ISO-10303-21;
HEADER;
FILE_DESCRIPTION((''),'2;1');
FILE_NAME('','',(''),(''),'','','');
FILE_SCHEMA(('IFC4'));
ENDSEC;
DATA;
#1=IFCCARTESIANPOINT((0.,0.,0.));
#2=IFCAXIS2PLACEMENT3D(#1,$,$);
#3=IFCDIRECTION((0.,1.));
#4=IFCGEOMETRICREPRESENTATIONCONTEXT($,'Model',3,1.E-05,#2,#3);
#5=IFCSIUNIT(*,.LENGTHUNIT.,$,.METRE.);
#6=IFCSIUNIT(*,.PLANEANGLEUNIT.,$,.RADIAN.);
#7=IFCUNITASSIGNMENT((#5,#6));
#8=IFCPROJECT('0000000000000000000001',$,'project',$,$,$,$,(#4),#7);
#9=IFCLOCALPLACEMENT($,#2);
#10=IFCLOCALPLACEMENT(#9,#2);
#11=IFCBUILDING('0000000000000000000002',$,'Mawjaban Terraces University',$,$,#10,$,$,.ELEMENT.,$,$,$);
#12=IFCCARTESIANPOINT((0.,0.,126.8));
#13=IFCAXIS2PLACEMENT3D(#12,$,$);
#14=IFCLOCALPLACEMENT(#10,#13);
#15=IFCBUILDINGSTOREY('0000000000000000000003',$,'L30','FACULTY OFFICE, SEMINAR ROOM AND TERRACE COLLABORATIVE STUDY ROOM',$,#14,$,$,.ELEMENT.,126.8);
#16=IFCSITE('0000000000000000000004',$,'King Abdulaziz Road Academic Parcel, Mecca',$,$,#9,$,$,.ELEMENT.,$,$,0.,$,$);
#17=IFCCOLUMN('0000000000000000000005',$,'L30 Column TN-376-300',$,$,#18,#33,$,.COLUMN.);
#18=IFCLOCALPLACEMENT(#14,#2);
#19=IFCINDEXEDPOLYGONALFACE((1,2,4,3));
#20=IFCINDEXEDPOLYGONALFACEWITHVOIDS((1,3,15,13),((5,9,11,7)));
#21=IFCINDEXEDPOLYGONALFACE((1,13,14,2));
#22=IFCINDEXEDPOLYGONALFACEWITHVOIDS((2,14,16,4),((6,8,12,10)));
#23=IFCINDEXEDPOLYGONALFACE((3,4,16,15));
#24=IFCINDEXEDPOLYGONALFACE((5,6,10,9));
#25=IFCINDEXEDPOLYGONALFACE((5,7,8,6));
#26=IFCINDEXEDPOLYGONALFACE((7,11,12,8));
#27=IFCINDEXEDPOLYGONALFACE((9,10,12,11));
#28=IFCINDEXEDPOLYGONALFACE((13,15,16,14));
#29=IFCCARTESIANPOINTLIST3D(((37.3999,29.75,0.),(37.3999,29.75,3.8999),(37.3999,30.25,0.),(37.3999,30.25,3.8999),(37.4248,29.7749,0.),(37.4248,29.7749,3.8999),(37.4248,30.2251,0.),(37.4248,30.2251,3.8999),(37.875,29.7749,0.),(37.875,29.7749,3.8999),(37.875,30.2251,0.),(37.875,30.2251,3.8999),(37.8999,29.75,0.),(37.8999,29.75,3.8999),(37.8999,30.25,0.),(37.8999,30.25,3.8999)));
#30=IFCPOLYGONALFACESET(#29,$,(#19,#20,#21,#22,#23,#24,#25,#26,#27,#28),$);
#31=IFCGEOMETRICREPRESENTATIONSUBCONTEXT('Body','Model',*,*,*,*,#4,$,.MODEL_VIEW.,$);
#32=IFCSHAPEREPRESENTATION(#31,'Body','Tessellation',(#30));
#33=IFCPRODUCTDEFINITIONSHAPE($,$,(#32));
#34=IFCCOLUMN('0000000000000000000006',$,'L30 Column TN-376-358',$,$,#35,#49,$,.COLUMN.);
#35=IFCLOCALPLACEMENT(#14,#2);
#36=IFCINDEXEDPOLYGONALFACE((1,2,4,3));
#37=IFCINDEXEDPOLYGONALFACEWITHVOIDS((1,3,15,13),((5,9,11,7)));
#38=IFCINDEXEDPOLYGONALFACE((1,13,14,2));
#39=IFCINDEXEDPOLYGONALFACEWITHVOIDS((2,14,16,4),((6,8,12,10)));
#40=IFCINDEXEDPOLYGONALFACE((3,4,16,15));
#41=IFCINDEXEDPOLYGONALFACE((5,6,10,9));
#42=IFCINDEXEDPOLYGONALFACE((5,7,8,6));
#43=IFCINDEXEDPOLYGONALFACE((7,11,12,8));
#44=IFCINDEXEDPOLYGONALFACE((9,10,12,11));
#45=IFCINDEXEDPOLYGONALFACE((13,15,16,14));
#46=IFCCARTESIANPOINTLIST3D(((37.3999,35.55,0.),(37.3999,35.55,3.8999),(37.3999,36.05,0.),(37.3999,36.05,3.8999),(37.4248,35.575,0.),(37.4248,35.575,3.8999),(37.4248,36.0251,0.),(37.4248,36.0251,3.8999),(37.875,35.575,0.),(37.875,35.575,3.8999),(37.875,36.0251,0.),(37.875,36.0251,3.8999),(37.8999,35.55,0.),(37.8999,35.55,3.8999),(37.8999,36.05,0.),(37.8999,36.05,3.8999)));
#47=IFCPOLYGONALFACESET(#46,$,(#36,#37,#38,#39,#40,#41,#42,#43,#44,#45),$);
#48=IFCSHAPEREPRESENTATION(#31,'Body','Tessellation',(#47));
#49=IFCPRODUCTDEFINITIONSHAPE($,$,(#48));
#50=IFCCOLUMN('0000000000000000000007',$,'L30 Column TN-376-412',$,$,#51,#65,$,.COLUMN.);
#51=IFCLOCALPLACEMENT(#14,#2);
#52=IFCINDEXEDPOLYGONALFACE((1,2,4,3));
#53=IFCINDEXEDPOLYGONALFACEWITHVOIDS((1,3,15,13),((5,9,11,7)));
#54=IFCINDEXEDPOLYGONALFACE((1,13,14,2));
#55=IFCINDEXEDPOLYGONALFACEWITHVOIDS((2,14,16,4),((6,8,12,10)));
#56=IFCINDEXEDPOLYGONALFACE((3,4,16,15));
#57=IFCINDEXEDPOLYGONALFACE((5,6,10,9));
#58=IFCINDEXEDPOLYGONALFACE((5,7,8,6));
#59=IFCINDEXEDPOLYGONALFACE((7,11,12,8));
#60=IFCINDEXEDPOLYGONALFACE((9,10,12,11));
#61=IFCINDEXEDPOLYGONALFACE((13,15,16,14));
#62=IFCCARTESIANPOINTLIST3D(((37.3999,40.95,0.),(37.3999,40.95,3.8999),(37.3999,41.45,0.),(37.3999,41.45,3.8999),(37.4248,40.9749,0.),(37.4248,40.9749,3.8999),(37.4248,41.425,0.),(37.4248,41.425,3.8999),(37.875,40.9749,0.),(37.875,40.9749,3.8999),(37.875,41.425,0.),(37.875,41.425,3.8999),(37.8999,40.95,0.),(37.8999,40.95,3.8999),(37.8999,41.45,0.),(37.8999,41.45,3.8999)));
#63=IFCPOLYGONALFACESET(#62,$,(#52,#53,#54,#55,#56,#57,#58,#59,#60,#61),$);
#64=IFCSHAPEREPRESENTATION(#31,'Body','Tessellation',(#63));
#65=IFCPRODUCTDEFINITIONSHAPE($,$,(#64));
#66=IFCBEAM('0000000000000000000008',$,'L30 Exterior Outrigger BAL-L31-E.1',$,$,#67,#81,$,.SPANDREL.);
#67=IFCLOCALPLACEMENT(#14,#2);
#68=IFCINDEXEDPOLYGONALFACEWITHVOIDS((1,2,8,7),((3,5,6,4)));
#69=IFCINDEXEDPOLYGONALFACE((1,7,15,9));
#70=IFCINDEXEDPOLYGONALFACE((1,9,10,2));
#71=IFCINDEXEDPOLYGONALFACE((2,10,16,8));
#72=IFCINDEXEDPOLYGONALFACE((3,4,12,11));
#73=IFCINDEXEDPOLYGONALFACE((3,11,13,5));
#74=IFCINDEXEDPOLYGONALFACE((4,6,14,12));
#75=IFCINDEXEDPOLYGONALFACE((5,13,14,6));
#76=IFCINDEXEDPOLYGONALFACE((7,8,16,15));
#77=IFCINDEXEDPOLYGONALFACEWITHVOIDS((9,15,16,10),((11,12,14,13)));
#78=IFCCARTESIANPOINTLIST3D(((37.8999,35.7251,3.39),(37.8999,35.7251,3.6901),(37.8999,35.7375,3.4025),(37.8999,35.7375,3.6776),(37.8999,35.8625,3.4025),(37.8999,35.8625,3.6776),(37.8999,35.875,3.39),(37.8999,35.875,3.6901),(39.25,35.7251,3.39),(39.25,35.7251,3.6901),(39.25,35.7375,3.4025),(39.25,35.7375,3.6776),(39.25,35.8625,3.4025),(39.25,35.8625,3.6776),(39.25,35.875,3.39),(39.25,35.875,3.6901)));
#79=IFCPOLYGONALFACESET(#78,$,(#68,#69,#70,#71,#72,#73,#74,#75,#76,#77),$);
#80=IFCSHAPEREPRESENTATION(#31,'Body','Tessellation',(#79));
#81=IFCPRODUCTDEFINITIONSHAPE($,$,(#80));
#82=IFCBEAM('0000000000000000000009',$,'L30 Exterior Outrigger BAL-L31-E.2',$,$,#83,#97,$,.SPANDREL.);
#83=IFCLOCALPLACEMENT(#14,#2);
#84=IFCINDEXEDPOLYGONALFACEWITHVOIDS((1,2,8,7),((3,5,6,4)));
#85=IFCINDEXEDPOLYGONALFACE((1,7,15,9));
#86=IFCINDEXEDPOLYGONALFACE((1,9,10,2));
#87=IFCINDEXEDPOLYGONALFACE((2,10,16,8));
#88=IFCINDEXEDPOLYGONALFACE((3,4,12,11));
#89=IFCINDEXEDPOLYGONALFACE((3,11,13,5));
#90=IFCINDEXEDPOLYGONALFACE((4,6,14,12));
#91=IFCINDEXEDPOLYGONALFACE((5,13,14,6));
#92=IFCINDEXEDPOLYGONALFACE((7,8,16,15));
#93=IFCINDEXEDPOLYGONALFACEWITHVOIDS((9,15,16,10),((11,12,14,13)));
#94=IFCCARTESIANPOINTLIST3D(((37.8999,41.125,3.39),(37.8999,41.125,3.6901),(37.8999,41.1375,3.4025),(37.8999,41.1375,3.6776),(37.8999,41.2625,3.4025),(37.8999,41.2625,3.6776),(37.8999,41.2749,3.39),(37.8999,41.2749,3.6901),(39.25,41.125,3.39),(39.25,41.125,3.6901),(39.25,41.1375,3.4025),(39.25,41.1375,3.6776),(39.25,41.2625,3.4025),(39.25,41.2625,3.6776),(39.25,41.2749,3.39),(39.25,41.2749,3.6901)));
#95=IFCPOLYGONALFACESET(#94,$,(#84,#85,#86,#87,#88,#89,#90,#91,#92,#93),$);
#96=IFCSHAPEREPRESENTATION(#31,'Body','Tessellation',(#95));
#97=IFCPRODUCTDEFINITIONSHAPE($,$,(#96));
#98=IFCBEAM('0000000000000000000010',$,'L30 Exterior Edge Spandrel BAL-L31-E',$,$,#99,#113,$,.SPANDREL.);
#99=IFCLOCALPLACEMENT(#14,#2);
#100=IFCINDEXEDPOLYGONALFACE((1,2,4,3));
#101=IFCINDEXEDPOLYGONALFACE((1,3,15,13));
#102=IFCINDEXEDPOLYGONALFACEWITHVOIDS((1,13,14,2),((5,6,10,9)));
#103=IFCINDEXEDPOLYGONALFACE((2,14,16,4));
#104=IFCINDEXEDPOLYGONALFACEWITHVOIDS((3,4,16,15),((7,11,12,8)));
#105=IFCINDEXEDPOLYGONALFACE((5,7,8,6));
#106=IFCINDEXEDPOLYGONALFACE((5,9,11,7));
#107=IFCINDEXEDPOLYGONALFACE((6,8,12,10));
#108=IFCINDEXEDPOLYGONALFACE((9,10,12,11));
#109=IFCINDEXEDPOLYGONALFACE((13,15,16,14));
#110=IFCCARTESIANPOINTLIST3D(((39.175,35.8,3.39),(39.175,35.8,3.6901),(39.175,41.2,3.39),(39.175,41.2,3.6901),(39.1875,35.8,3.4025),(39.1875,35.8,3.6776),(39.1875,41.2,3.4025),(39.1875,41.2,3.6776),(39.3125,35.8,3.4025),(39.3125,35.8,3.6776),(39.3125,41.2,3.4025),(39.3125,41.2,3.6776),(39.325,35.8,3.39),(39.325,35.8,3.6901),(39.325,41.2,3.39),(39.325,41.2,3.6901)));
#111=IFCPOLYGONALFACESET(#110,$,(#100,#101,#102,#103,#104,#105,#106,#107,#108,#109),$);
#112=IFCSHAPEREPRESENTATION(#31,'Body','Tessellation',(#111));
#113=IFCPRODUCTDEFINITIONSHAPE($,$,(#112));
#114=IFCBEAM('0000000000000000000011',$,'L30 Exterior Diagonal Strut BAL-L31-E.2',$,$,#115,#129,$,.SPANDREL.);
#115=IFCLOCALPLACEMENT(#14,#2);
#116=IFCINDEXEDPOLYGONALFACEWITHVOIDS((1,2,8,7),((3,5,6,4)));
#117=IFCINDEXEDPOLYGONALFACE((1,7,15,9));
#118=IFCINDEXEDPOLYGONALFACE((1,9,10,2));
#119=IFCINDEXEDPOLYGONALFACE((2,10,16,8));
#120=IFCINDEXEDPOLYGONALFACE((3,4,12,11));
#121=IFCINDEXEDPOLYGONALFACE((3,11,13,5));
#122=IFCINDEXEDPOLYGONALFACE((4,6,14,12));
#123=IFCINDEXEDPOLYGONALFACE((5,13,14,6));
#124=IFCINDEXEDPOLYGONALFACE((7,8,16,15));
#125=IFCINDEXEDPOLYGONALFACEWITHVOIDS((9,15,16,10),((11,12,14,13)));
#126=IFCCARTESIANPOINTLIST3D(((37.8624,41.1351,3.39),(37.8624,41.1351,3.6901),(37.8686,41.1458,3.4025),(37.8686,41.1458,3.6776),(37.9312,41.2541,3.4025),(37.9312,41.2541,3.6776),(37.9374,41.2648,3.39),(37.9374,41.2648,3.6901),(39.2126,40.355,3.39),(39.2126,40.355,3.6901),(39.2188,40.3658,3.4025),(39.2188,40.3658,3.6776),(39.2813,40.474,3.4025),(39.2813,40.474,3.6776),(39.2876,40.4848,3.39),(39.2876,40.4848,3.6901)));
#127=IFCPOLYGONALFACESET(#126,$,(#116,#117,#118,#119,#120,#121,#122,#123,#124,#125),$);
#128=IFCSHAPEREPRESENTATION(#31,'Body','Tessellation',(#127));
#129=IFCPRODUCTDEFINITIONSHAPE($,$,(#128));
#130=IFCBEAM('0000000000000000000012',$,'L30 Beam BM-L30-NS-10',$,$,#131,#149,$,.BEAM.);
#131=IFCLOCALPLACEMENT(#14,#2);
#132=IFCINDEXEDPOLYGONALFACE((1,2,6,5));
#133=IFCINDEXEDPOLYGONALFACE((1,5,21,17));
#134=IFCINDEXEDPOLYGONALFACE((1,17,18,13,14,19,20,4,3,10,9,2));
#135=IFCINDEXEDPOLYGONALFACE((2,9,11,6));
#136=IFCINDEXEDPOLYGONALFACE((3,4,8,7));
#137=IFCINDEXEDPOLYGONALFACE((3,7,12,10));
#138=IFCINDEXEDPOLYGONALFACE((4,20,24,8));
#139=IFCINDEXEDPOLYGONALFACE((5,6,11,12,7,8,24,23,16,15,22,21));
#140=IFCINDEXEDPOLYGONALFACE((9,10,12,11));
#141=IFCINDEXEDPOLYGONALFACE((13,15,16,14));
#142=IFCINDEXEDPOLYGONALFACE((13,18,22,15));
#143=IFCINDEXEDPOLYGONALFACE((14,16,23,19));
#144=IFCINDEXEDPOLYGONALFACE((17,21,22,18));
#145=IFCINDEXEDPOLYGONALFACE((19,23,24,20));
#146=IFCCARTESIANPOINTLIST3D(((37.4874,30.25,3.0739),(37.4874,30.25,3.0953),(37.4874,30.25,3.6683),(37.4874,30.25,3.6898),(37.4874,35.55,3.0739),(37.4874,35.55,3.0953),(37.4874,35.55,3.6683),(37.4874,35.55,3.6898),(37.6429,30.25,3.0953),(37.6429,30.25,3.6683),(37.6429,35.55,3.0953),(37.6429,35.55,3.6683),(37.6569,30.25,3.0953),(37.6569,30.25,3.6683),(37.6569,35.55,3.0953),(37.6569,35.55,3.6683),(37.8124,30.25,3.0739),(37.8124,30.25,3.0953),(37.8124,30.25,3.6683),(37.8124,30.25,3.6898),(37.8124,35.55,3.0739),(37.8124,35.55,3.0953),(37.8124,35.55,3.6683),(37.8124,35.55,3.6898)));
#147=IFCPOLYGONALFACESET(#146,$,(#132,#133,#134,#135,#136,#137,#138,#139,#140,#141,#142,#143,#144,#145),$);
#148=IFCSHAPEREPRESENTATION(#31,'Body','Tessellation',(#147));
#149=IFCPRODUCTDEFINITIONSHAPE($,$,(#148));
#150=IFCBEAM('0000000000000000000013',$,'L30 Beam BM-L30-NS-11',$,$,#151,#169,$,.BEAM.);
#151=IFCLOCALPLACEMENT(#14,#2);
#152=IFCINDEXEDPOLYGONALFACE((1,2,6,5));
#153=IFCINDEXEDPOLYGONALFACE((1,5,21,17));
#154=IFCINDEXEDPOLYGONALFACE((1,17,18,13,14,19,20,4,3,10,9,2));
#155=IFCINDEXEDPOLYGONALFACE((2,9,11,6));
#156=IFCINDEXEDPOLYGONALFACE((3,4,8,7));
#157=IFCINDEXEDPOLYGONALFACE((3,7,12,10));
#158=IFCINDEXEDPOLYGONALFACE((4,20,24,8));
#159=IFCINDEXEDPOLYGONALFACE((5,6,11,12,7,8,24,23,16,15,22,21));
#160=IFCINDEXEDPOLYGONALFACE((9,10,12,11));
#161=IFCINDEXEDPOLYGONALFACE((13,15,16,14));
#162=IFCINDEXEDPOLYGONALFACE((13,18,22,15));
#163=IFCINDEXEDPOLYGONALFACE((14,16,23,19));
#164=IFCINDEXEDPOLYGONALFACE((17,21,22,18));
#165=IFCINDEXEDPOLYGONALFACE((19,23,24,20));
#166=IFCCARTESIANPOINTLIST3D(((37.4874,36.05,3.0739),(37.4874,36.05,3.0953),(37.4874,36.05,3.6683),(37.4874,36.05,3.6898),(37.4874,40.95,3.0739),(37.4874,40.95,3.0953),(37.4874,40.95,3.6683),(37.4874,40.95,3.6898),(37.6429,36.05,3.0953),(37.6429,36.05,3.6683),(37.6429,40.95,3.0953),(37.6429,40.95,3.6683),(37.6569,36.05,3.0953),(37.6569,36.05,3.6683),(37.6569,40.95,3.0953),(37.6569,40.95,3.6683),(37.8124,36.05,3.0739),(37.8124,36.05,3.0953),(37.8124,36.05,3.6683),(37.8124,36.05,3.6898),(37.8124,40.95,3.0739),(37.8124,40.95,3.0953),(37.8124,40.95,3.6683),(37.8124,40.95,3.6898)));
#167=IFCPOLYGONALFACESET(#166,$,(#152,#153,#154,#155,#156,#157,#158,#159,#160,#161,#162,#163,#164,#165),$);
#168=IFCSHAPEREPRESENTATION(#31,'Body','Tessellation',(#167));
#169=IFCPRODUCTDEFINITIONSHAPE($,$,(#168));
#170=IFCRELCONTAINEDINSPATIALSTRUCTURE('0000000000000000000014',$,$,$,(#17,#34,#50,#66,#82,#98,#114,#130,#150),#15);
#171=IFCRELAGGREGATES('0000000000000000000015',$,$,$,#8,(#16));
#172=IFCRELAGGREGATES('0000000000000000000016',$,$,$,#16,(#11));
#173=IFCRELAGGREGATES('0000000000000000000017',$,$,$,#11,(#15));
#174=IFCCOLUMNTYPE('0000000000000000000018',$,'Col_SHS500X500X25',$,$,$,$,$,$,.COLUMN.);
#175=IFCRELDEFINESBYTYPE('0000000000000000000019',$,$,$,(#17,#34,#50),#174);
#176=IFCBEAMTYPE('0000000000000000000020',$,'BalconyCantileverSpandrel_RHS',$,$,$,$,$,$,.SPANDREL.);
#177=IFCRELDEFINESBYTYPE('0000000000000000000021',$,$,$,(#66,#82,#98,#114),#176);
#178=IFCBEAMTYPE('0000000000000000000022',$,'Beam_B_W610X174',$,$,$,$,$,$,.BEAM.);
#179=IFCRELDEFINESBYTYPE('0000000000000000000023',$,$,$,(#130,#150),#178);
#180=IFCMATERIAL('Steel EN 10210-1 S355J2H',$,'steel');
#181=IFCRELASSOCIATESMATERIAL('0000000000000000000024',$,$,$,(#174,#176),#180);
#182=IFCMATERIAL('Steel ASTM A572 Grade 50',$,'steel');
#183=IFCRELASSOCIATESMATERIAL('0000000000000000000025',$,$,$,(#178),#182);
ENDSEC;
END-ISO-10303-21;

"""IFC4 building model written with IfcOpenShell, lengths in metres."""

from ifc_helpers import new_model, si_unit, direction, frame, origin, origin_2d, place, context, subcontext, project, spatial, hollow_rectangle, i_section, extrude, material, material_profile, profile_set, type_object, element, save


model = new_model("IFC4")

# Units and contexts
model_context = context("Model", 3, precision=1e-05, world=origin(), true_north=direction((0.0, 1.0)))
body_context = subcontext(model_context, "Body", "Model", "MODEL_VIEW")
ifc_project = project(units=[si_unit("LENGTHUNIT", "METRE"), si_unit("PLANEANGLEUNIT", "RADIAN")], contexts=[model_context])

# Site, building, storey
site_placement = place(None, origin())
site = spatial("IfcSite", under=ifc_project, at=site_placement, Name="King Abdulaziz Road Academic Parcel, Mecca", CompositionType="ELEMENT", RefElevation=0.0)
building_placement = place(site_placement, origin())
building = spatial("IfcBuilding", under=site, at=building_placement, Name="Mawjaban Terraces University", CompositionType="ELEMENT")
storey_placement = place(building_placement, frame((0.0, 0.0, 126.8)))
storey = spatial("IfcBuildingStorey", under=building, at=storey_placement, Name="L30", Description="FACULTY OFFICE, SEMINAR ROOM AND TERRACE COLLABORATIVE STUDY ROOM", CompositionType="ELEMENT", Elevation=126.8)

# Columns
ifc_material_1 = material(Name="Steel EN 10210-1 S355J2H", Category="steel")
ifc_material_profile_1 = material_profile(ifc_material_1, hollow_rectangle(XDim=0.5, YDim=0.5, WallThickness=0.0249, at=origin_2d()), Name="SHS500X500X25")
ifc_profile_set_1 = profile_set([ifc_material_profile_1], Name="Steel EN 10210-1 S355J2H")
column_type = type_object("IfcColumnType", Name="Col_SHS500X500X25", PredefinedType="COLUMN", material=ifc_profile_set_1)
for number, where, z_axis, x_axis, name in (
    (1, (37.6499, 30.0, 0.0), (0.0, 0.0, 1.0), (1.0, 0.0, 0.0), "L30 Column TN-376-300"),
    (2, (37.6499, 35.8, 0.0), (0.0, 0.0, 1.0), (1.0, 0.0, 0.0), "L30 Column TN-376-358"),
    (3, (37.6499, 41.2, 0.0), (0.0, 0.0, 1.0), (1.0, 0.0, 0.0), "L30 Column TN-376-412"),
):
    element("IfcColumn", number, at=place(storey_placement, frame(where, z_axis=z_axis, x_axis=x_axis)), inside=storey, type_object=column_type, Name=name, PredefinedType="COLUMN", context=body_context, shape_type="SweptSolid", body=[
        extrude(hollow_rectangle(XDim=0.5, YDim=0.5, WallThickness=0.0249, at=origin_2d()), origin(), (0.0, 0.0, 1.0), 3.8999),
    ])

# Beams
ifc_material_profile_2 = material_profile(ifc_material_1, hollow_rectangle(XDim=0.1499, YDim=0.3, WallThickness=0.0125, at=origin_2d()), Name="RHS300X150X12.5")
ifc_profile_set_2 = profile_set([ifc_material_profile_2], Name="Steel EN 10210-1 S355J2H")
beam_type_1 = type_object("IfcBeamType", Name="BalconyCantileverSpandrel_RHS", PredefinedType="SPANDREL", material=ifc_profile_set_2)
for number, where, z_axis, x_axis, name in (
    (4, (37.8999, 35.8, 3.54), (1.0, 0.0, 0.0), (0.0, 1.0, 0.0), "L30 Exterior Outrigger BAL-L31-E.1"),
    (5, (37.8999, 41.2, 3.54), (1.0, 0.0, 0.0), (0.0, 1.0, 0.0), "L30 Exterior Outrigger BAL-L31-E.2"),
):
    element("IfcBeam", number, at=place(storey_placement, frame(where, z_axis=z_axis, x_axis=x_axis)), inside=storey, type_object=beam_type_1, Name=name, PredefinedType="SPANDREL", context=body_context, shape_type="SweptSolid", body=[
        extrude(hollow_rectangle(XDim=0.1499, YDim=0.3, WallThickness=0.0125, at=origin_2d()), origin(), (0.0, 0.0, 1.0), 1.3501),
    ])
beam_1_placement = place(storey_placement, frame((39.25, 35.8, 3.54), z_axis=(0.0, 1.0, 0.0), x_axis=(-1.0, 0.0, 0.0)))
element("IfcBeam", 6, at=beam_1_placement, inside=storey, type_object=beam_type_1, Name="L30 Exterior Edge Spandrel BAL-L31-E", PredefinedType="SPANDREL", context=body_context, shape_type="SweptSolid", body=[
    extrude(hollow_rectangle(XDim=0.1499, YDim=0.3, WallThickness=0.0125, at=origin_2d()), origin(), (0.0, 0.0, 1.0), 5.3999),
])
beam_2_placement = place(storey_placement, frame((37.8999, 41.2, 3.54), z_axis=(0.865873, -0.500265, 0.0), x_axis=(0.500265, 0.865873, 0.0)))
element("IfcBeam", 7, at=beam_2_placement, inside=storey, type_object=beam_type_1, Name="L30 Exterior Diagonal Strut BAL-L31-E.2", PredefinedType="SPANDREL", context=body_context, shape_type="SweptSolid", body=[
    extrude(hollow_rectangle(XDim=0.1499, YDim=0.3, WallThickness=0.0125, at=origin_2d()), origin(), (0.0, 0.0, 1.0), 1.5593),
])
ifc_material_2 = material(Name="Steel ASTM A572 Grade 50", Category="steel")
ifc_material_profile_3 = material_profile(ifc_material_2, i_section(OverallWidth=0.325, OverallDepth=0.616, WebThickness=0.0139, FlangeThickness=0.0215, at=origin_2d()), Name="W610X174")
ifc_profile_set_3 = profile_set([ifc_material_profile_3], Name="Steel ASTM A572 Grade 50")
beam_type_2 = type_object("IfcBeamType", Name="Beam_B_W610X174", PredefinedType="BEAM", material=ifc_profile_set_3)
beam_3_placement = place(storey_placement, frame((37.6499, 30.25, 3.3818), z_axis=(0.0, 1.0, 0.0), x_axis=(-1.0, 0.0, 0.0)))
element("IfcBeam", 8, at=beam_3_placement, inside=storey, type_object=beam_type_2, Name="L30 Beam BM-L30-NS-10", PredefinedType="BEAM", context=body_context, shape_type="SweptSolid", body=[
    extrude(i_section(OverallWidth=0.325, OverallDepth=0.616, WebThickness=0.0139, FlangeThickness=0.0215, at=origin_2d()), origin(), (0.0, 0.0, 1.0), 5.3),
])
beam_4_placement = place(storey_placement, frame((37.6499, 36.05, 3.3818), z_axis=(0.0, 1.0, 0.0), x_axis=(-1.0, 0.0, 0.0)))
element("IfcBeam", 9, at=beam_4_placement, inside=storey, type_object=beam_type_2, Name="L30 Beam BM-L30-NS-11", PredefinedType="BEAM", context=body_context, shape_type="SweptSolid", body=[
    extrude(i_section(OverallWidth=0.325, OverallDepth=0.616, WebThickness=0.0139, FlangeThickness=0.0215, at=origin_2d()), origin(), (0.0, 0.0, 1.0), 4.8999),
])

save(model, "model.ifc")
